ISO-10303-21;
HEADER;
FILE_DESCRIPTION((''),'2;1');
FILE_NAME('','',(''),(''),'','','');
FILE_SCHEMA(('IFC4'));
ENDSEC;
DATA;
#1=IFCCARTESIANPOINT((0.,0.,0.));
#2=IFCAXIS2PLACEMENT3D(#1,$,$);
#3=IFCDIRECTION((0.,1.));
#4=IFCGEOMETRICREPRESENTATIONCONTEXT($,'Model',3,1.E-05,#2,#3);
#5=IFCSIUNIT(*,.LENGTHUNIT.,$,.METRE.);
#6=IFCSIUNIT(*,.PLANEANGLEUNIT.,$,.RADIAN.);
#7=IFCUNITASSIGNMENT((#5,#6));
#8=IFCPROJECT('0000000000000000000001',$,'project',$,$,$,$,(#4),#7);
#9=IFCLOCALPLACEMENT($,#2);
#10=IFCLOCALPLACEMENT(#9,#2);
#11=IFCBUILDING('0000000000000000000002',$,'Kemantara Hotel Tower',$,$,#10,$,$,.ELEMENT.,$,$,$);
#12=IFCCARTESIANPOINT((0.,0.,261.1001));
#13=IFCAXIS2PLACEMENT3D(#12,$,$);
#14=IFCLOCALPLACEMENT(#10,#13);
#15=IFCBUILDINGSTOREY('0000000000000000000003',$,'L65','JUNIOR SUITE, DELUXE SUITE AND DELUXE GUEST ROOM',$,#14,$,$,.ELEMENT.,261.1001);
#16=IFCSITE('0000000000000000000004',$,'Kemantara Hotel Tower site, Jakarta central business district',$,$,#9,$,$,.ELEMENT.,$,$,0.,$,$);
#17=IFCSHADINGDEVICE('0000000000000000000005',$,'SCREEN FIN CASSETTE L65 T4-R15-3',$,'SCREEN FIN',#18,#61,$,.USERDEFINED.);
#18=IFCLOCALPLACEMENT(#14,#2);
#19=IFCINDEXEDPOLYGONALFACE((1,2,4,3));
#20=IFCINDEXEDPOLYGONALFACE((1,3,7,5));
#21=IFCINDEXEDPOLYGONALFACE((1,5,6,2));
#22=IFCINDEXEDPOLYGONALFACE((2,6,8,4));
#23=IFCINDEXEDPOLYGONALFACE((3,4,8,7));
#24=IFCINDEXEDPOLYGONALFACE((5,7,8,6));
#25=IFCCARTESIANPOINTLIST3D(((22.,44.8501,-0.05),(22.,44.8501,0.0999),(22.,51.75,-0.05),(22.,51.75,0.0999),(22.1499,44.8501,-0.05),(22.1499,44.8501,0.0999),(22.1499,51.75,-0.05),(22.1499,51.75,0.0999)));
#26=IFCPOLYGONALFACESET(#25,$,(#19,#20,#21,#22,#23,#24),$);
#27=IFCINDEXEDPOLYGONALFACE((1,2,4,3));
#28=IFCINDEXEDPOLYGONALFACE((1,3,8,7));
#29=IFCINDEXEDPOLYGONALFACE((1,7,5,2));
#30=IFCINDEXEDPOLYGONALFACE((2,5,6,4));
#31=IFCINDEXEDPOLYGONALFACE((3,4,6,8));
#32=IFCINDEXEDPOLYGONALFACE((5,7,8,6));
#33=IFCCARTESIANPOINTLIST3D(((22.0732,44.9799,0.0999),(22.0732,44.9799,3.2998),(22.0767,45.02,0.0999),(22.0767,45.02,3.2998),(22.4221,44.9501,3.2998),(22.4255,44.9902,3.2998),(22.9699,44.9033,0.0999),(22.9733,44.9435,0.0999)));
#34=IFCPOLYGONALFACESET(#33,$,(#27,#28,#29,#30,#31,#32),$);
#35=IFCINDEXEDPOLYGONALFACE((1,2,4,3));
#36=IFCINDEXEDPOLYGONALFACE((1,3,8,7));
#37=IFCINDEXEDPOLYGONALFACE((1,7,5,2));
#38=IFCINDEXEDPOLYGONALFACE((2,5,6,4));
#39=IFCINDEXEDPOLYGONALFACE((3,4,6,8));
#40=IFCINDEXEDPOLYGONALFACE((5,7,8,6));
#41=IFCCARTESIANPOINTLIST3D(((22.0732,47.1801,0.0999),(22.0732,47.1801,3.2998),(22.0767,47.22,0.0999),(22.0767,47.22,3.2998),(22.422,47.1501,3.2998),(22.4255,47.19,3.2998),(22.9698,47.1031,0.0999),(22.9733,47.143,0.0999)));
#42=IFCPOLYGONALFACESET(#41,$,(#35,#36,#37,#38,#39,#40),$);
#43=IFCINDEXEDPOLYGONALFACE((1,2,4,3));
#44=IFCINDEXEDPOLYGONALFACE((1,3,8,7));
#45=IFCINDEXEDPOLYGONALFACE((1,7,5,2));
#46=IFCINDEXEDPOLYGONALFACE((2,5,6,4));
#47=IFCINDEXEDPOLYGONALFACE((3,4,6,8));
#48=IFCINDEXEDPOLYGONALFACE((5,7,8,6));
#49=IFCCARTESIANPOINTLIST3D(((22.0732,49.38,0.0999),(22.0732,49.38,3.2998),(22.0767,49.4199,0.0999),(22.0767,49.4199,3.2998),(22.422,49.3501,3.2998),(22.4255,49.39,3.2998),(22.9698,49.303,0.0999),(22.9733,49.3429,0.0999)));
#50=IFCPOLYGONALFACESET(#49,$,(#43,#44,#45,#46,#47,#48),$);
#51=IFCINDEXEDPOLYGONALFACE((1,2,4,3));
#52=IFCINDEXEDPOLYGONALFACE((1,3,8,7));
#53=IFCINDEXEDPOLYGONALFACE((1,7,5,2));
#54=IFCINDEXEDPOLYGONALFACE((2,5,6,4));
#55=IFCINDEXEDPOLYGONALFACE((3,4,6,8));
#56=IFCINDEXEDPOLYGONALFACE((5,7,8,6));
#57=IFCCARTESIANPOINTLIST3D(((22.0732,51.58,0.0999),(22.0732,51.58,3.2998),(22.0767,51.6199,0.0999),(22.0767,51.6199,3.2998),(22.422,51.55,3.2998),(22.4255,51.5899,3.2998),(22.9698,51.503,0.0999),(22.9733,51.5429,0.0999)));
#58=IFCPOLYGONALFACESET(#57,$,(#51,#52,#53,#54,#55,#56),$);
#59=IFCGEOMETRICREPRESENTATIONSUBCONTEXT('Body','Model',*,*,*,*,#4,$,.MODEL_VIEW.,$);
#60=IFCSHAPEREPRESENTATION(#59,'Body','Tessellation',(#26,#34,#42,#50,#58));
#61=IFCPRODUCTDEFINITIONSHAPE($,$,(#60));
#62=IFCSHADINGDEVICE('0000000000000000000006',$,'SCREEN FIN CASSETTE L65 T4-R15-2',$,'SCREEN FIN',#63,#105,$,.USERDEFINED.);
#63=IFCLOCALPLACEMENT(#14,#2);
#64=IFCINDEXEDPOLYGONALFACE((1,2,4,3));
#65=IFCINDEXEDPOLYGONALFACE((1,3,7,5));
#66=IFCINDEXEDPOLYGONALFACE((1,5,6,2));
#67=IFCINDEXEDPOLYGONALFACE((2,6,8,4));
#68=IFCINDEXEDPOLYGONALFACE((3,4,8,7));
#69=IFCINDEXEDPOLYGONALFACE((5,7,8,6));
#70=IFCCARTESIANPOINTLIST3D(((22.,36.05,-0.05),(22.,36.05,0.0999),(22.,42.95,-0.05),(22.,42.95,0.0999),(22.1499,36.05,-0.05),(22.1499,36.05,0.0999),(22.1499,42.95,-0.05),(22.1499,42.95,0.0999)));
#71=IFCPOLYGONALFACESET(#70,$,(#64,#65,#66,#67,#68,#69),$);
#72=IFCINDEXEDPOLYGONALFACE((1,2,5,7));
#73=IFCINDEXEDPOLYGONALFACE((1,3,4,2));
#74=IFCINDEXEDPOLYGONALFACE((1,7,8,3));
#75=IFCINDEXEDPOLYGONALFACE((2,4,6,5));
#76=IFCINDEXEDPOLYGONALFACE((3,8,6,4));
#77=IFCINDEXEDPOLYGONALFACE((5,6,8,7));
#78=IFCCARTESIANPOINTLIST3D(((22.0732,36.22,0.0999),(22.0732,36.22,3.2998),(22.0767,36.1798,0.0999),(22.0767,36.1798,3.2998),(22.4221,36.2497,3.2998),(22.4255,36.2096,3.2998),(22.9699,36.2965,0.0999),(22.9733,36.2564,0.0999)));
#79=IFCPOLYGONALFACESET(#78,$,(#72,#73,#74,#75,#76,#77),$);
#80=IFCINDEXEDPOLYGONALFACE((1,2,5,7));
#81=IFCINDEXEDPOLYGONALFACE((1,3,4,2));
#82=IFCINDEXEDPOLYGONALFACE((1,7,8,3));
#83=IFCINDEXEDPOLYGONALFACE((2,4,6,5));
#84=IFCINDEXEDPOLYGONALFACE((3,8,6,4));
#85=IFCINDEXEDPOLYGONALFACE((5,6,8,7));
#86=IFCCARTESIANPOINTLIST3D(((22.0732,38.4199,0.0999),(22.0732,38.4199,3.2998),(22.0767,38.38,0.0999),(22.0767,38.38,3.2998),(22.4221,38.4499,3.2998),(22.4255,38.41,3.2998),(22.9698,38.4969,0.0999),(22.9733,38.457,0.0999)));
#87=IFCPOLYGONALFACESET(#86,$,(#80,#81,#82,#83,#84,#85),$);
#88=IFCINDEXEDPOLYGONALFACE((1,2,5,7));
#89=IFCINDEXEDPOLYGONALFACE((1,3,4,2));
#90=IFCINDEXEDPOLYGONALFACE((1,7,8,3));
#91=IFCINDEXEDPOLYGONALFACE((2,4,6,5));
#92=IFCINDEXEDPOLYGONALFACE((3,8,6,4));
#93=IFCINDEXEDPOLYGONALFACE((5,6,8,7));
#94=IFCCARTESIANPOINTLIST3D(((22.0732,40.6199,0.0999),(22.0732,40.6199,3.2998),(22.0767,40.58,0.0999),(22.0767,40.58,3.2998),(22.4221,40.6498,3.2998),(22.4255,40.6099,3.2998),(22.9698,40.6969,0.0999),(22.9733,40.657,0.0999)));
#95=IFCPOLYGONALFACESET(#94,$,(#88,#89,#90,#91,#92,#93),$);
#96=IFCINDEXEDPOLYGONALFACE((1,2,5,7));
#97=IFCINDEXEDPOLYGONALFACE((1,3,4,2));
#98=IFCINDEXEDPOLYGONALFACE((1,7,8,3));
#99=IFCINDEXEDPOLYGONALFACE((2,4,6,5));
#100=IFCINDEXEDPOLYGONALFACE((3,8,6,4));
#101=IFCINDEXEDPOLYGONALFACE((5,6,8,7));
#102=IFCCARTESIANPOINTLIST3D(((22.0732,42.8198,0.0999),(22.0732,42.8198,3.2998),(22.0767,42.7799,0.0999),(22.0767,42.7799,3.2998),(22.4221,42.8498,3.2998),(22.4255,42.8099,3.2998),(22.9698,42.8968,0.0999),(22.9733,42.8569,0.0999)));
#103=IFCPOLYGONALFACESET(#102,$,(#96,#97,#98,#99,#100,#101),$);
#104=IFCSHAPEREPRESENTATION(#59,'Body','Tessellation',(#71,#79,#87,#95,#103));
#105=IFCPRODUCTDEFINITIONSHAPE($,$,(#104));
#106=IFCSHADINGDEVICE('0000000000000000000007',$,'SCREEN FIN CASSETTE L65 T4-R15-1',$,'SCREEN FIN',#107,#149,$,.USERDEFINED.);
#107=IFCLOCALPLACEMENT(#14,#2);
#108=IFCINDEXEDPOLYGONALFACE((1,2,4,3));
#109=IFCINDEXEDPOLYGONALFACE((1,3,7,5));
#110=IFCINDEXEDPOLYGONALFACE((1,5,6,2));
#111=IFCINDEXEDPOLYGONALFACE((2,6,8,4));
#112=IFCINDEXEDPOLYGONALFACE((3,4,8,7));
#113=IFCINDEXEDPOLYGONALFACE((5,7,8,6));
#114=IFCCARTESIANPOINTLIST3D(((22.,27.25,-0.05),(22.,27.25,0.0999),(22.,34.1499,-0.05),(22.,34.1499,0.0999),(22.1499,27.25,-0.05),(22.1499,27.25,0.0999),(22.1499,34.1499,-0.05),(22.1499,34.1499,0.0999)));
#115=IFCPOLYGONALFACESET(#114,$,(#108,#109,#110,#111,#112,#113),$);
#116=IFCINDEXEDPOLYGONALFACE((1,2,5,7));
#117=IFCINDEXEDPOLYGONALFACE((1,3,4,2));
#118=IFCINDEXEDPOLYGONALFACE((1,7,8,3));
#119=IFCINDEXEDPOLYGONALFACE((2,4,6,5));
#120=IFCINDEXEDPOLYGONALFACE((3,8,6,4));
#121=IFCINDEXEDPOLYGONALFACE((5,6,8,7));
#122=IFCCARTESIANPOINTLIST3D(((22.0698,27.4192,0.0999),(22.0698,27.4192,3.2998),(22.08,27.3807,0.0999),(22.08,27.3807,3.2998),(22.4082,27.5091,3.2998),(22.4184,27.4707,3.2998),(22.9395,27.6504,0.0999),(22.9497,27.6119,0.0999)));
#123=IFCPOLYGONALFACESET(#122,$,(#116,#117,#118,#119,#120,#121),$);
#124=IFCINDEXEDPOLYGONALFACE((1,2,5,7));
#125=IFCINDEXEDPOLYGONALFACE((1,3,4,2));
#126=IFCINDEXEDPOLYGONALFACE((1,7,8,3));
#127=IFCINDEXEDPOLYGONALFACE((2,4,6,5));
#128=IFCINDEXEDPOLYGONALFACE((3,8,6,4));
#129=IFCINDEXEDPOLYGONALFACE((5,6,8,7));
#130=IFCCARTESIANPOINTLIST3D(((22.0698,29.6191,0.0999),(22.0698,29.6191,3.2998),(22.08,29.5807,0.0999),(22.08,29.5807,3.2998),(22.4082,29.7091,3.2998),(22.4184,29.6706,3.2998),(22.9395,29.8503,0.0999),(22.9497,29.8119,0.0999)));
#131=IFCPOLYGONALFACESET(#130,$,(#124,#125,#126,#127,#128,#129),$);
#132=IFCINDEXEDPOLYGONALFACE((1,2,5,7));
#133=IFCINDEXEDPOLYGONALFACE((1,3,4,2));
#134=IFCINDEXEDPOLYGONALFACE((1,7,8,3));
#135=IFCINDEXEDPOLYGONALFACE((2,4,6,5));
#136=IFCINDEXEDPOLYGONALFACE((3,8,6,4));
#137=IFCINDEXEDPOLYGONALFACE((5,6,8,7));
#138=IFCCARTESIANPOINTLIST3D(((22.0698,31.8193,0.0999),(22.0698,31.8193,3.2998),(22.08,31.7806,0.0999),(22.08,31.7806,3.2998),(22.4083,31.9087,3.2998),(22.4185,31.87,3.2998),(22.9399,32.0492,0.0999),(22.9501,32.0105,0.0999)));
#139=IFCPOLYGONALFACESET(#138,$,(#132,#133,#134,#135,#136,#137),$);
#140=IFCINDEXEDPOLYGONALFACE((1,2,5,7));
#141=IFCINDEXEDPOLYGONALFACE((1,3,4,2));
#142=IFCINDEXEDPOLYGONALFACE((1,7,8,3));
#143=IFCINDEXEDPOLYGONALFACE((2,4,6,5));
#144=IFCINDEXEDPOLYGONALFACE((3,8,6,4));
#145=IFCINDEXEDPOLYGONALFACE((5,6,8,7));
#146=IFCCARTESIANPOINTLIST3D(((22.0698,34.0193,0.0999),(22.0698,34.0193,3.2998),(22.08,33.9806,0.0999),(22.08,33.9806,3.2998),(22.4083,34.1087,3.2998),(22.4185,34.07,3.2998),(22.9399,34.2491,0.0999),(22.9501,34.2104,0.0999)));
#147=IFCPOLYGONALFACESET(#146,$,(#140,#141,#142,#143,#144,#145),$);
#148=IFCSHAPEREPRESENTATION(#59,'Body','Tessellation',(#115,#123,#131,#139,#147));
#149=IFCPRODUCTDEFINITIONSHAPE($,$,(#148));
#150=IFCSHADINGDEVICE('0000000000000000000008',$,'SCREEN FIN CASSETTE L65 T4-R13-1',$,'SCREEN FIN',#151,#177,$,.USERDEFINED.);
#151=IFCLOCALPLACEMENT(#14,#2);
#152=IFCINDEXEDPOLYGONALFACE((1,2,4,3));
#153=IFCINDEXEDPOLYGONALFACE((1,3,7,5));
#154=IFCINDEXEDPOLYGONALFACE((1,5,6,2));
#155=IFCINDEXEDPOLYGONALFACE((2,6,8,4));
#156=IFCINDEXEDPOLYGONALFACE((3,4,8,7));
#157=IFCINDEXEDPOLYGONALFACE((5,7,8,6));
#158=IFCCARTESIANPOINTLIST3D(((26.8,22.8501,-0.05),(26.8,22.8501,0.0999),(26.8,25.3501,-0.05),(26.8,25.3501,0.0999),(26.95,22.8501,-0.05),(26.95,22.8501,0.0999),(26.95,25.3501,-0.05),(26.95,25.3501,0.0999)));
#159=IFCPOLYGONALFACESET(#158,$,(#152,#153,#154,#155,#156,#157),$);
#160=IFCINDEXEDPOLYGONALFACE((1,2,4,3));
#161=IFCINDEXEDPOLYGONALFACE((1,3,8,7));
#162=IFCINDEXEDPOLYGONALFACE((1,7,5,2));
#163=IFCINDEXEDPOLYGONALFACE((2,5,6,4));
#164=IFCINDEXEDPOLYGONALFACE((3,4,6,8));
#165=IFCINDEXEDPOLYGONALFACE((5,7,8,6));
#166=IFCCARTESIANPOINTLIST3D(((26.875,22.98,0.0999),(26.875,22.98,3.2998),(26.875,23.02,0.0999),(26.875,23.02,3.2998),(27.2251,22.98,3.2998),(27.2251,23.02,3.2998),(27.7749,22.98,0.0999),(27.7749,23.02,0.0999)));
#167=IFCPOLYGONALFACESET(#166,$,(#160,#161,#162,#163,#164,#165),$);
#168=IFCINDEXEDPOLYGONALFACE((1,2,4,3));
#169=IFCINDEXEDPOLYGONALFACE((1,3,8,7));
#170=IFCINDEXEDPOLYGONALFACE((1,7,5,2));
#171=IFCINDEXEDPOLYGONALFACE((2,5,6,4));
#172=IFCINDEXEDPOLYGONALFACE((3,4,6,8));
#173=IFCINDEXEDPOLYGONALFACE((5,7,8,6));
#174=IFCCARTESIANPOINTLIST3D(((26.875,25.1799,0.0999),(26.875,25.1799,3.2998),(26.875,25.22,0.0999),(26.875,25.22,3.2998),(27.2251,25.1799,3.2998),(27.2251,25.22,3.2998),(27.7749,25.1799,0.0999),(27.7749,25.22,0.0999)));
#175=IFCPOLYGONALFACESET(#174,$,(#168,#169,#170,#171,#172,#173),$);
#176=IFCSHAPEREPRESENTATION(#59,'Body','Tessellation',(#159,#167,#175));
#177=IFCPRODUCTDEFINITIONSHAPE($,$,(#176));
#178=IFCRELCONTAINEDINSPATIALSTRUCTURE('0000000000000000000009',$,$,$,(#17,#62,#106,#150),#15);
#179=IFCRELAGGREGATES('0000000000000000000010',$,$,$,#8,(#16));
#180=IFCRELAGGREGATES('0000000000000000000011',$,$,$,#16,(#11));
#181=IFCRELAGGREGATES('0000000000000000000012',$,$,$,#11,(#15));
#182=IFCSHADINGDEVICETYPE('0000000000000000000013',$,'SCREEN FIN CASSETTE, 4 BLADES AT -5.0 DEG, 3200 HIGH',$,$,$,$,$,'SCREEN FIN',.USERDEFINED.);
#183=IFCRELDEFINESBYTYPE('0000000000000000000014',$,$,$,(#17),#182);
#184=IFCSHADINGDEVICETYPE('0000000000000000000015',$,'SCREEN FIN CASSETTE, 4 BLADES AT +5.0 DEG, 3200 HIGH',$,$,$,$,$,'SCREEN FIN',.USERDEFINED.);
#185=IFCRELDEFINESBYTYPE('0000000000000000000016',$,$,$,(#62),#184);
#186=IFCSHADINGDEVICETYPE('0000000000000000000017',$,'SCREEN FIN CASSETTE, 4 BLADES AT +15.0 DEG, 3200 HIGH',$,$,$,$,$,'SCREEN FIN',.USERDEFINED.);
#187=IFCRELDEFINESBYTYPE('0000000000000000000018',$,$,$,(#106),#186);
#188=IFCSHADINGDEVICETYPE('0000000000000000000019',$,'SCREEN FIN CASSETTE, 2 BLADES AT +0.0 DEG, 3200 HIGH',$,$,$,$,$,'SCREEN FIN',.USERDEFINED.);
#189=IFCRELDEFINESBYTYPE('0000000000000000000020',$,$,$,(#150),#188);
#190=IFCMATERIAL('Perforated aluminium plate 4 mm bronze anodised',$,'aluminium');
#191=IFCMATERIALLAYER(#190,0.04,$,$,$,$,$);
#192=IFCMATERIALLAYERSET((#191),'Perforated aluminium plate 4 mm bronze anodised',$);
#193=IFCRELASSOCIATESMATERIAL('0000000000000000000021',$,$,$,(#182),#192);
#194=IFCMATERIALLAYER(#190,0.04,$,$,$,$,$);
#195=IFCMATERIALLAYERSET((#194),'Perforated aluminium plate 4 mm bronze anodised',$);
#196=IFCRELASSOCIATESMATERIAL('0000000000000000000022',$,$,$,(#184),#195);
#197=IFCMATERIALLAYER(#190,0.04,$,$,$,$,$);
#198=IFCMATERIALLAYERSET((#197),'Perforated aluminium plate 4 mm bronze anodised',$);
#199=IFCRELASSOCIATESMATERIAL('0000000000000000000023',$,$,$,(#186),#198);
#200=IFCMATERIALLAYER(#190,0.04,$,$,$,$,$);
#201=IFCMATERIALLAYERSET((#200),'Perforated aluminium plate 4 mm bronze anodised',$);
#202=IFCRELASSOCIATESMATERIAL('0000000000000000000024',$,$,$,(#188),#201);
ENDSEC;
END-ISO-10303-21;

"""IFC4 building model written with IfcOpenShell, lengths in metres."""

from ifc_helpers import new_model, si_unit, direction, frame, origin, origin_2d, place, context, subcontext, project, spatial, polyline, rectangle, outline, extrude, source, transform, mapped, material, layer, layer_set, type_object, element, save


model = new_model("IFC4")

# Units and contexts
model_context = context("Model", 3, precision=1e-05, world=origin(), true_north=direction((0.0, 1.0)))
body_context = subcontext(model_context, "Body", "Model", "MODEL_VIEW")
ifc_project = project(units=[si_unit("LENGTHUNIT", "METRE"), si_unit("PLANEANGLEUNIT", "RADIAN")], contexts=[model_context])

# Site, building, storey
site_placement = place(None, origin())
site = spatial("IfcSite", under=ifc_project, at=site_placement, Name="Kemantara Hotel Tower site, Jakarta central business district", CompositionType="ELEMENT", RefElevation=0.0)
building_placement = place(site_placement, origin())
building = spatial("IfcBuilding", under=site, at=building_placement, Name="Kemantara Hotel Tower", CompositionType="ELEMENT")
storey_placement = place(building_placement, frame((0.0, 0.0, 261.1001)))
storey = spatial("IfcBuildingStorey", under=building, at=storey_placement, Name="L65", Description="JUNIOR SUITE, DELUXE SUITE AND DELUXE GUEST ROOM", CompositionType="ELEMENT", Elevation=261.1001)

# Shading devices
ifc_material_1 = material(Name="Perforated aluminium plate 4 mm bronze anodised", Category="aluminium")
ifc_layer_1 = layer(ifc_material_1, 0.04)
ifc_layer_set_1 = layer_set([ifc_layer_1], Name="Perforated aluminium plate 4 mm bronze anodised")
shading_device_type_1 = type_object("IfcShadingDeviceType", Name="SCREEN FIN CASSETTE, 4 BLADES AT -5.0 DEG, 3200 HIGH", ElementType="SCREEN FIN", PredefinedType="USERDEFINED", material=ifc_layer_set_1)
shared_shape_1 = source(origin(), body_context, "Body", "SweptSolid", [
    extrude(rectangle(XDim=6.8999, YDim=0.1499, at=origin_2d()), frame((3.3, -0.075, -0.1499), z_axis=(0.0, 0.0, 1.0), x_axis=(1.0, 0.0, 0.0)), (0.0, 0.0, 1.0), 0.1499),
    extrude(outline(polyline([(0.0, 0.0), (0.8999, 0.0), (0.3501, 3.2), (0.0, 3.2), (0.0, 0.0)])), frame((0.02, -0.0767, 0.0), z_axis=(-0.996376, 0.085056, 0.0), x_axis=(-0.085056, -0.996376, 0.0)), (0.0, 0.0, 1.0), 0.0403),
    extrude(outline(polyline([(0.0, 0.0), (0.8999, 0.0), (0.3501, 3.2), (0.0, 3.2), (0.0, 0.0)])), frame((2.22, -0.0767, 0.0), z_axis=(-0.996332, 0.085575, 0.0), x_axis=(-0.085575, -0.996332, 0.0)), (0.0, 0.0, 1.0), 0.04),
    extrude(outline(polyline([(0.0, 0.0), (0.8999, 0.0), (0.3501, 3.2), (0.0, 3.2), (0.0, 0.0)])), frame((4.4199, -0.0767, 0.0), z_axis=(-0.996332, 0.085575, 0.0), x_axis=(-0.085575, -0.996332, 0.0)), (0.0, 0.0, 1.0), 0.04),
    extrude(outline(polyline([(0.0, 0.0), (0.8999, 0.0), (0.3501, 3.2), (0.0, 3.2), (0.0, 0.0)])), frame((6.6199, -0.0767, 0.0), z_axis=(-0.996332, 0.085575, 0.0), x_axis=(-0.085575, -0.996332, 0.0)), (0.0, 0.0, 1.0), 0.04),
])
shading_device_1_placement = place(storey_placement, frame((22.0, 45.0, 0.0999), z_axis=(0.0, 0.0, 1.0), x_axis=(0.0, 1.0, 0.0)))
element("IfcShadingDevice", 1, at=shading_device_1_placement, inside=storey, type_object=shading_device_type_1, Name="SCREEN FIN CASSETTE L65 T4-R15-3", ObjectType="SCREEN FIN", PredefinedType="USERDEFINED", context=body_context, shape_type="MappedRepresentation", body=[
    mapped(shared_shape_1, transform((0.0, 0.0, 0.0))),
])
ifc_layer_2 = layer(ifc_material_1, 0.04)
ifc_layer_set_2 = layer_set([ifc_layer_2], Name="Perforated aluminium plate 4 mm bronze anodised")
shading_device_type_2 = type_object("IfcShadingDeviceType", Name="SCREEN FIN CASSETTE, 4 BLADES AT +5.0 DEG, 3200 HIGH", ElementType="SCREEN FIN", PredefinedType="USERDEFINED", material=ifc_layer_set_2)
shared_shape_2 = source(origin(), body_context, "Body", "SweptSolid", [
    extrude(rectangle(XDim=6.8999, YDim=0.1499, at=origin_2d()), frame((3.3, -0.075, -0.1499), z_axis=(0.0, 0.0, 1.0), x_axis=(1.0, 0.0, 0.0)), (0.0, 0.0, 1.0), 0.1499),
    extrude(outline(polyline([(0.0, 0.0), (0.8999, 0.0), (0.3501, 3.2), (0.0, 3.2), (0.0, 0.0)])), frame((0.02, -0.0732, 0.0), z_axis=(-0.996376, -0.085056, 0.0), x_axis=(0.085056, -0.996376, 0.0)), (0.0, 0.0, 1.0), 0.0403),
    extrude(outline(polyline([(0.0, 0.0), (0.8999, 0.0), (0.3501, 3.2), (0.0, 3.2), (0.0, 0.0)])), frame((2.22, -0.0732, 0.0), z_axis=(-0.996332, -0.085575, 0.0), x_axis=(0.085575, -0.996332, 0.0)), (0.0, 0.0, 1.0), 0.04),
    extrude(outline(polyline([(0.0, 0.0), (0.8999, 0.0), (0.3501, 3.2), (0.0, 3.2), (0.0, 0.0)])), frame((4.4199, -0.0732, 0.0), z_axis=(-0.996332, -0.085575, 0.0), x_axis=(0.085575, -0.996332, 0.0)), (0.0, 0.0, 1.0), 0.04),
    extrude(outline(polyline([(0.0, 0.0), (0.8999, 0.0), (0.3501, 3.2), (0.0, 3.2), (0.0, 0.0)])), frame((6.6199, -0.0732, 0.0), z_axis=(-0.996332, -0.085575, 0.0), x_axis=(0.085575, -0.996332, 0.0)), (0.0, 0.0, 1.0), 0.04),
])
shading_device_2_placement = place(storey_placement, frame((22.0, 36.2, 0.0999), z_axis=(0.0, 0.0, 1.0), x_axis=(0.0, 1.0, 0.0)))
element("IfcShadingDevice", 2, at=shading_device_2_placement, inside=storey, type_object=shading_device_type_2, Name="SCREEN FIN CASSETTE L65 T4-R15-2", ObjectType="SCREEN FIN", PredefinedType="USERDEFINED", context=body_context, shape_type="MappedRepresentation", body=[
    mapped(shared_shape_2, transform((0.0, 0.0, 0.0))),
])
ifc_layer_3 = layer(ifc_material_1, 0.04)
ifc_layer_set_3 = layer_set([ifc_layer_3], Name="Perforated aluminium plate 4 mm bronze anodised")
shading_device_type_3 = type_object("IfcShadingDeviceType", Name="SCREEN FIN CASSETTE, 4 BLADES AT +15.0 DEG, 3200 HIGH", ElementType="SCREEN FIN", PredefinedType="USERDEFINED", material=ifc_layer_set_3)
shared_shape_3 = source(origin(), body_context, "Body", "SweptSolid", [
    extrude(rectangle(XDim=6.8999, YDim=0.1499, at=origin_2d()), frame((3.3, -0.075, -0.1499), z_axis=(0.0, 0.0, 1.0), x_axis=(1.0, 0.0, 0.0)), (0.0, 0.0, 1.0), 0.1499),
    extrude(outline(polyline([(0.0, 0.0), (0.8999, 0.0), (0.3501, 3.2), (0.0, 3.2), (0.0, 0.0)])), frame((0.0193, -0.0698, 0.0), z_axis=(-0.966438, -0.256901, 0.0), x_axis=(0.256901, -0.966438, 0.0)), (0.0, 0.0, 1.0), 0.0398),
    extrude(outline(polyline([(0.0, 0.0), (0.8999, 0.0), (0.3501, 3.2), (0.0, 3.2), (0.0, 0.0)])), frame((2.2192, -0.0698, 0.0), z_axis=(-0.966438, -0.256901, 0.0), x_axis=(0.256901, -0.966438, 0.0)), (0.0, 0.0, 1.0), 0.0398),
    extrude(outline(polyline([(0.0, 0.0), (0.8999, 0.0), (0.3501, 3.2), (0.0, 3.2), (0.0, 0.0)])), frame((4.4194, -0.0698, 0.0), z_axis=(-0.966838, -0.255391, 0.0), x_axis=(0.255391, -0.966838, 0.0)), (0.0, 0.0, 1.0), 0.04),
    extrude(outline(polyline([(0.0, 0.0), (0.8999, 0.0), (0.3501, 3.2), (0.0, 3.2), (0.0, 0.0)])), frame((6.6194, -0.0698, 0.0), z_axis=(-0.966838, -0.255391, 0.0), x_axis=(0.255391, -0.966838, 0.0)), (0.0, 0.0, 1.0), 0.04),
])
shading_device_3_placement = place(storey_placement, frame((22.0, 27.3999, 0.0999), z_axis=(0.0, 0.0, 1.0), x_axis=(0.0, 1.0, 0.0)))
element("IfcShadingDevice", 3, at=shading_device_3_placement, inside=storey, type_object=shading_device_type_3, Name="SCREEN FIN CASSETTE L65 T4-R15-1", ObjectType="SCREEN FIN", PredefinedType="USERDEFINED", context=body_context, shape_type="MappedRepresentation", body=[
    mapped(shared_shape_3, transform((0.0, 0.0, 0.0))),
])
ifc_layer_4 = layer(ifc_material_1, 0.04)
ifc_layer_set_4 = layer_set([ifc_layer_4], Name="Perforated aluminium plate 4 mm bronze anodised")
shading_device_type_4 = type_object("IfcShadingDeviceType", Name="SCREEN FIN CASSETTE, 2 BLADES AT +0.0 DEG, 3200 HIGH", ElementType="SCREEN FIN", PredefinedType="USERDEFINED", material=ifc_layer_set_4)
shared_shape_4 = source(origin(), body_context, "Body", "SweptSolid", [
    extrude(rectangle(XDim=2.5, YDim=0.1499, at=origin_2d()), frame((1.1001, -0.075, -0.1499), z_axis=(0.0, 0.0, 1.0), x_axis=(1.0, 0.0, 0.0)), (0.0, 0.0, 1.0), 0.1499),
    extrude(outline(polyline([(0.0, 0.0), (0.8999, 0.0), (0.3501, 3.2), (0.0, 3.2), (0.0, 0.0)])), frame((0.02, -0.075, 0.0), z_axis=(-1.0, 0.0, 0.0), x_axis=(0.0, -1.0, 0.0)), (0.0, 0.0, 1.0), 0.04),
    extrude(outline(polyline([(0.0, 0.0), (0.8999, 0.0), (0.3501, 3.2), (0.0, 3.2), (0.0, 0.0)])), frame((2.22, -0.075, 0.0), z_axis=(-1.0, 0.0, 0.0), x_axis=(0.0, -1.0, 0.0)), (0.0, 0.0, 1.0), 0.04),
])
for number, where, z_axis, x_axis, name in (
    (4, (26.8, 23.0, 0.0999), (0.0, 0.0, 1.0), (0.0, 1.0, 0.0), "SCREEN FIN CASSETTE L65 T4-R13-1"),
):
    element("IfcShadingDevice", number, at=place(storey_placement, frame(where, z_axis=z_axis, x_axis=x_axis)), inside=storey, type_object=shading_device_type_4, Name=name, ObjectType="SCREEN FIN", PredefinedType="USERDEFINED", context=body_context, shape_type="MappedRepresentation", body=[
        mapped(shared_shape_4, transform((0.0, 0.0, 0.0))),
    ])

save(model, "model.ifc")
